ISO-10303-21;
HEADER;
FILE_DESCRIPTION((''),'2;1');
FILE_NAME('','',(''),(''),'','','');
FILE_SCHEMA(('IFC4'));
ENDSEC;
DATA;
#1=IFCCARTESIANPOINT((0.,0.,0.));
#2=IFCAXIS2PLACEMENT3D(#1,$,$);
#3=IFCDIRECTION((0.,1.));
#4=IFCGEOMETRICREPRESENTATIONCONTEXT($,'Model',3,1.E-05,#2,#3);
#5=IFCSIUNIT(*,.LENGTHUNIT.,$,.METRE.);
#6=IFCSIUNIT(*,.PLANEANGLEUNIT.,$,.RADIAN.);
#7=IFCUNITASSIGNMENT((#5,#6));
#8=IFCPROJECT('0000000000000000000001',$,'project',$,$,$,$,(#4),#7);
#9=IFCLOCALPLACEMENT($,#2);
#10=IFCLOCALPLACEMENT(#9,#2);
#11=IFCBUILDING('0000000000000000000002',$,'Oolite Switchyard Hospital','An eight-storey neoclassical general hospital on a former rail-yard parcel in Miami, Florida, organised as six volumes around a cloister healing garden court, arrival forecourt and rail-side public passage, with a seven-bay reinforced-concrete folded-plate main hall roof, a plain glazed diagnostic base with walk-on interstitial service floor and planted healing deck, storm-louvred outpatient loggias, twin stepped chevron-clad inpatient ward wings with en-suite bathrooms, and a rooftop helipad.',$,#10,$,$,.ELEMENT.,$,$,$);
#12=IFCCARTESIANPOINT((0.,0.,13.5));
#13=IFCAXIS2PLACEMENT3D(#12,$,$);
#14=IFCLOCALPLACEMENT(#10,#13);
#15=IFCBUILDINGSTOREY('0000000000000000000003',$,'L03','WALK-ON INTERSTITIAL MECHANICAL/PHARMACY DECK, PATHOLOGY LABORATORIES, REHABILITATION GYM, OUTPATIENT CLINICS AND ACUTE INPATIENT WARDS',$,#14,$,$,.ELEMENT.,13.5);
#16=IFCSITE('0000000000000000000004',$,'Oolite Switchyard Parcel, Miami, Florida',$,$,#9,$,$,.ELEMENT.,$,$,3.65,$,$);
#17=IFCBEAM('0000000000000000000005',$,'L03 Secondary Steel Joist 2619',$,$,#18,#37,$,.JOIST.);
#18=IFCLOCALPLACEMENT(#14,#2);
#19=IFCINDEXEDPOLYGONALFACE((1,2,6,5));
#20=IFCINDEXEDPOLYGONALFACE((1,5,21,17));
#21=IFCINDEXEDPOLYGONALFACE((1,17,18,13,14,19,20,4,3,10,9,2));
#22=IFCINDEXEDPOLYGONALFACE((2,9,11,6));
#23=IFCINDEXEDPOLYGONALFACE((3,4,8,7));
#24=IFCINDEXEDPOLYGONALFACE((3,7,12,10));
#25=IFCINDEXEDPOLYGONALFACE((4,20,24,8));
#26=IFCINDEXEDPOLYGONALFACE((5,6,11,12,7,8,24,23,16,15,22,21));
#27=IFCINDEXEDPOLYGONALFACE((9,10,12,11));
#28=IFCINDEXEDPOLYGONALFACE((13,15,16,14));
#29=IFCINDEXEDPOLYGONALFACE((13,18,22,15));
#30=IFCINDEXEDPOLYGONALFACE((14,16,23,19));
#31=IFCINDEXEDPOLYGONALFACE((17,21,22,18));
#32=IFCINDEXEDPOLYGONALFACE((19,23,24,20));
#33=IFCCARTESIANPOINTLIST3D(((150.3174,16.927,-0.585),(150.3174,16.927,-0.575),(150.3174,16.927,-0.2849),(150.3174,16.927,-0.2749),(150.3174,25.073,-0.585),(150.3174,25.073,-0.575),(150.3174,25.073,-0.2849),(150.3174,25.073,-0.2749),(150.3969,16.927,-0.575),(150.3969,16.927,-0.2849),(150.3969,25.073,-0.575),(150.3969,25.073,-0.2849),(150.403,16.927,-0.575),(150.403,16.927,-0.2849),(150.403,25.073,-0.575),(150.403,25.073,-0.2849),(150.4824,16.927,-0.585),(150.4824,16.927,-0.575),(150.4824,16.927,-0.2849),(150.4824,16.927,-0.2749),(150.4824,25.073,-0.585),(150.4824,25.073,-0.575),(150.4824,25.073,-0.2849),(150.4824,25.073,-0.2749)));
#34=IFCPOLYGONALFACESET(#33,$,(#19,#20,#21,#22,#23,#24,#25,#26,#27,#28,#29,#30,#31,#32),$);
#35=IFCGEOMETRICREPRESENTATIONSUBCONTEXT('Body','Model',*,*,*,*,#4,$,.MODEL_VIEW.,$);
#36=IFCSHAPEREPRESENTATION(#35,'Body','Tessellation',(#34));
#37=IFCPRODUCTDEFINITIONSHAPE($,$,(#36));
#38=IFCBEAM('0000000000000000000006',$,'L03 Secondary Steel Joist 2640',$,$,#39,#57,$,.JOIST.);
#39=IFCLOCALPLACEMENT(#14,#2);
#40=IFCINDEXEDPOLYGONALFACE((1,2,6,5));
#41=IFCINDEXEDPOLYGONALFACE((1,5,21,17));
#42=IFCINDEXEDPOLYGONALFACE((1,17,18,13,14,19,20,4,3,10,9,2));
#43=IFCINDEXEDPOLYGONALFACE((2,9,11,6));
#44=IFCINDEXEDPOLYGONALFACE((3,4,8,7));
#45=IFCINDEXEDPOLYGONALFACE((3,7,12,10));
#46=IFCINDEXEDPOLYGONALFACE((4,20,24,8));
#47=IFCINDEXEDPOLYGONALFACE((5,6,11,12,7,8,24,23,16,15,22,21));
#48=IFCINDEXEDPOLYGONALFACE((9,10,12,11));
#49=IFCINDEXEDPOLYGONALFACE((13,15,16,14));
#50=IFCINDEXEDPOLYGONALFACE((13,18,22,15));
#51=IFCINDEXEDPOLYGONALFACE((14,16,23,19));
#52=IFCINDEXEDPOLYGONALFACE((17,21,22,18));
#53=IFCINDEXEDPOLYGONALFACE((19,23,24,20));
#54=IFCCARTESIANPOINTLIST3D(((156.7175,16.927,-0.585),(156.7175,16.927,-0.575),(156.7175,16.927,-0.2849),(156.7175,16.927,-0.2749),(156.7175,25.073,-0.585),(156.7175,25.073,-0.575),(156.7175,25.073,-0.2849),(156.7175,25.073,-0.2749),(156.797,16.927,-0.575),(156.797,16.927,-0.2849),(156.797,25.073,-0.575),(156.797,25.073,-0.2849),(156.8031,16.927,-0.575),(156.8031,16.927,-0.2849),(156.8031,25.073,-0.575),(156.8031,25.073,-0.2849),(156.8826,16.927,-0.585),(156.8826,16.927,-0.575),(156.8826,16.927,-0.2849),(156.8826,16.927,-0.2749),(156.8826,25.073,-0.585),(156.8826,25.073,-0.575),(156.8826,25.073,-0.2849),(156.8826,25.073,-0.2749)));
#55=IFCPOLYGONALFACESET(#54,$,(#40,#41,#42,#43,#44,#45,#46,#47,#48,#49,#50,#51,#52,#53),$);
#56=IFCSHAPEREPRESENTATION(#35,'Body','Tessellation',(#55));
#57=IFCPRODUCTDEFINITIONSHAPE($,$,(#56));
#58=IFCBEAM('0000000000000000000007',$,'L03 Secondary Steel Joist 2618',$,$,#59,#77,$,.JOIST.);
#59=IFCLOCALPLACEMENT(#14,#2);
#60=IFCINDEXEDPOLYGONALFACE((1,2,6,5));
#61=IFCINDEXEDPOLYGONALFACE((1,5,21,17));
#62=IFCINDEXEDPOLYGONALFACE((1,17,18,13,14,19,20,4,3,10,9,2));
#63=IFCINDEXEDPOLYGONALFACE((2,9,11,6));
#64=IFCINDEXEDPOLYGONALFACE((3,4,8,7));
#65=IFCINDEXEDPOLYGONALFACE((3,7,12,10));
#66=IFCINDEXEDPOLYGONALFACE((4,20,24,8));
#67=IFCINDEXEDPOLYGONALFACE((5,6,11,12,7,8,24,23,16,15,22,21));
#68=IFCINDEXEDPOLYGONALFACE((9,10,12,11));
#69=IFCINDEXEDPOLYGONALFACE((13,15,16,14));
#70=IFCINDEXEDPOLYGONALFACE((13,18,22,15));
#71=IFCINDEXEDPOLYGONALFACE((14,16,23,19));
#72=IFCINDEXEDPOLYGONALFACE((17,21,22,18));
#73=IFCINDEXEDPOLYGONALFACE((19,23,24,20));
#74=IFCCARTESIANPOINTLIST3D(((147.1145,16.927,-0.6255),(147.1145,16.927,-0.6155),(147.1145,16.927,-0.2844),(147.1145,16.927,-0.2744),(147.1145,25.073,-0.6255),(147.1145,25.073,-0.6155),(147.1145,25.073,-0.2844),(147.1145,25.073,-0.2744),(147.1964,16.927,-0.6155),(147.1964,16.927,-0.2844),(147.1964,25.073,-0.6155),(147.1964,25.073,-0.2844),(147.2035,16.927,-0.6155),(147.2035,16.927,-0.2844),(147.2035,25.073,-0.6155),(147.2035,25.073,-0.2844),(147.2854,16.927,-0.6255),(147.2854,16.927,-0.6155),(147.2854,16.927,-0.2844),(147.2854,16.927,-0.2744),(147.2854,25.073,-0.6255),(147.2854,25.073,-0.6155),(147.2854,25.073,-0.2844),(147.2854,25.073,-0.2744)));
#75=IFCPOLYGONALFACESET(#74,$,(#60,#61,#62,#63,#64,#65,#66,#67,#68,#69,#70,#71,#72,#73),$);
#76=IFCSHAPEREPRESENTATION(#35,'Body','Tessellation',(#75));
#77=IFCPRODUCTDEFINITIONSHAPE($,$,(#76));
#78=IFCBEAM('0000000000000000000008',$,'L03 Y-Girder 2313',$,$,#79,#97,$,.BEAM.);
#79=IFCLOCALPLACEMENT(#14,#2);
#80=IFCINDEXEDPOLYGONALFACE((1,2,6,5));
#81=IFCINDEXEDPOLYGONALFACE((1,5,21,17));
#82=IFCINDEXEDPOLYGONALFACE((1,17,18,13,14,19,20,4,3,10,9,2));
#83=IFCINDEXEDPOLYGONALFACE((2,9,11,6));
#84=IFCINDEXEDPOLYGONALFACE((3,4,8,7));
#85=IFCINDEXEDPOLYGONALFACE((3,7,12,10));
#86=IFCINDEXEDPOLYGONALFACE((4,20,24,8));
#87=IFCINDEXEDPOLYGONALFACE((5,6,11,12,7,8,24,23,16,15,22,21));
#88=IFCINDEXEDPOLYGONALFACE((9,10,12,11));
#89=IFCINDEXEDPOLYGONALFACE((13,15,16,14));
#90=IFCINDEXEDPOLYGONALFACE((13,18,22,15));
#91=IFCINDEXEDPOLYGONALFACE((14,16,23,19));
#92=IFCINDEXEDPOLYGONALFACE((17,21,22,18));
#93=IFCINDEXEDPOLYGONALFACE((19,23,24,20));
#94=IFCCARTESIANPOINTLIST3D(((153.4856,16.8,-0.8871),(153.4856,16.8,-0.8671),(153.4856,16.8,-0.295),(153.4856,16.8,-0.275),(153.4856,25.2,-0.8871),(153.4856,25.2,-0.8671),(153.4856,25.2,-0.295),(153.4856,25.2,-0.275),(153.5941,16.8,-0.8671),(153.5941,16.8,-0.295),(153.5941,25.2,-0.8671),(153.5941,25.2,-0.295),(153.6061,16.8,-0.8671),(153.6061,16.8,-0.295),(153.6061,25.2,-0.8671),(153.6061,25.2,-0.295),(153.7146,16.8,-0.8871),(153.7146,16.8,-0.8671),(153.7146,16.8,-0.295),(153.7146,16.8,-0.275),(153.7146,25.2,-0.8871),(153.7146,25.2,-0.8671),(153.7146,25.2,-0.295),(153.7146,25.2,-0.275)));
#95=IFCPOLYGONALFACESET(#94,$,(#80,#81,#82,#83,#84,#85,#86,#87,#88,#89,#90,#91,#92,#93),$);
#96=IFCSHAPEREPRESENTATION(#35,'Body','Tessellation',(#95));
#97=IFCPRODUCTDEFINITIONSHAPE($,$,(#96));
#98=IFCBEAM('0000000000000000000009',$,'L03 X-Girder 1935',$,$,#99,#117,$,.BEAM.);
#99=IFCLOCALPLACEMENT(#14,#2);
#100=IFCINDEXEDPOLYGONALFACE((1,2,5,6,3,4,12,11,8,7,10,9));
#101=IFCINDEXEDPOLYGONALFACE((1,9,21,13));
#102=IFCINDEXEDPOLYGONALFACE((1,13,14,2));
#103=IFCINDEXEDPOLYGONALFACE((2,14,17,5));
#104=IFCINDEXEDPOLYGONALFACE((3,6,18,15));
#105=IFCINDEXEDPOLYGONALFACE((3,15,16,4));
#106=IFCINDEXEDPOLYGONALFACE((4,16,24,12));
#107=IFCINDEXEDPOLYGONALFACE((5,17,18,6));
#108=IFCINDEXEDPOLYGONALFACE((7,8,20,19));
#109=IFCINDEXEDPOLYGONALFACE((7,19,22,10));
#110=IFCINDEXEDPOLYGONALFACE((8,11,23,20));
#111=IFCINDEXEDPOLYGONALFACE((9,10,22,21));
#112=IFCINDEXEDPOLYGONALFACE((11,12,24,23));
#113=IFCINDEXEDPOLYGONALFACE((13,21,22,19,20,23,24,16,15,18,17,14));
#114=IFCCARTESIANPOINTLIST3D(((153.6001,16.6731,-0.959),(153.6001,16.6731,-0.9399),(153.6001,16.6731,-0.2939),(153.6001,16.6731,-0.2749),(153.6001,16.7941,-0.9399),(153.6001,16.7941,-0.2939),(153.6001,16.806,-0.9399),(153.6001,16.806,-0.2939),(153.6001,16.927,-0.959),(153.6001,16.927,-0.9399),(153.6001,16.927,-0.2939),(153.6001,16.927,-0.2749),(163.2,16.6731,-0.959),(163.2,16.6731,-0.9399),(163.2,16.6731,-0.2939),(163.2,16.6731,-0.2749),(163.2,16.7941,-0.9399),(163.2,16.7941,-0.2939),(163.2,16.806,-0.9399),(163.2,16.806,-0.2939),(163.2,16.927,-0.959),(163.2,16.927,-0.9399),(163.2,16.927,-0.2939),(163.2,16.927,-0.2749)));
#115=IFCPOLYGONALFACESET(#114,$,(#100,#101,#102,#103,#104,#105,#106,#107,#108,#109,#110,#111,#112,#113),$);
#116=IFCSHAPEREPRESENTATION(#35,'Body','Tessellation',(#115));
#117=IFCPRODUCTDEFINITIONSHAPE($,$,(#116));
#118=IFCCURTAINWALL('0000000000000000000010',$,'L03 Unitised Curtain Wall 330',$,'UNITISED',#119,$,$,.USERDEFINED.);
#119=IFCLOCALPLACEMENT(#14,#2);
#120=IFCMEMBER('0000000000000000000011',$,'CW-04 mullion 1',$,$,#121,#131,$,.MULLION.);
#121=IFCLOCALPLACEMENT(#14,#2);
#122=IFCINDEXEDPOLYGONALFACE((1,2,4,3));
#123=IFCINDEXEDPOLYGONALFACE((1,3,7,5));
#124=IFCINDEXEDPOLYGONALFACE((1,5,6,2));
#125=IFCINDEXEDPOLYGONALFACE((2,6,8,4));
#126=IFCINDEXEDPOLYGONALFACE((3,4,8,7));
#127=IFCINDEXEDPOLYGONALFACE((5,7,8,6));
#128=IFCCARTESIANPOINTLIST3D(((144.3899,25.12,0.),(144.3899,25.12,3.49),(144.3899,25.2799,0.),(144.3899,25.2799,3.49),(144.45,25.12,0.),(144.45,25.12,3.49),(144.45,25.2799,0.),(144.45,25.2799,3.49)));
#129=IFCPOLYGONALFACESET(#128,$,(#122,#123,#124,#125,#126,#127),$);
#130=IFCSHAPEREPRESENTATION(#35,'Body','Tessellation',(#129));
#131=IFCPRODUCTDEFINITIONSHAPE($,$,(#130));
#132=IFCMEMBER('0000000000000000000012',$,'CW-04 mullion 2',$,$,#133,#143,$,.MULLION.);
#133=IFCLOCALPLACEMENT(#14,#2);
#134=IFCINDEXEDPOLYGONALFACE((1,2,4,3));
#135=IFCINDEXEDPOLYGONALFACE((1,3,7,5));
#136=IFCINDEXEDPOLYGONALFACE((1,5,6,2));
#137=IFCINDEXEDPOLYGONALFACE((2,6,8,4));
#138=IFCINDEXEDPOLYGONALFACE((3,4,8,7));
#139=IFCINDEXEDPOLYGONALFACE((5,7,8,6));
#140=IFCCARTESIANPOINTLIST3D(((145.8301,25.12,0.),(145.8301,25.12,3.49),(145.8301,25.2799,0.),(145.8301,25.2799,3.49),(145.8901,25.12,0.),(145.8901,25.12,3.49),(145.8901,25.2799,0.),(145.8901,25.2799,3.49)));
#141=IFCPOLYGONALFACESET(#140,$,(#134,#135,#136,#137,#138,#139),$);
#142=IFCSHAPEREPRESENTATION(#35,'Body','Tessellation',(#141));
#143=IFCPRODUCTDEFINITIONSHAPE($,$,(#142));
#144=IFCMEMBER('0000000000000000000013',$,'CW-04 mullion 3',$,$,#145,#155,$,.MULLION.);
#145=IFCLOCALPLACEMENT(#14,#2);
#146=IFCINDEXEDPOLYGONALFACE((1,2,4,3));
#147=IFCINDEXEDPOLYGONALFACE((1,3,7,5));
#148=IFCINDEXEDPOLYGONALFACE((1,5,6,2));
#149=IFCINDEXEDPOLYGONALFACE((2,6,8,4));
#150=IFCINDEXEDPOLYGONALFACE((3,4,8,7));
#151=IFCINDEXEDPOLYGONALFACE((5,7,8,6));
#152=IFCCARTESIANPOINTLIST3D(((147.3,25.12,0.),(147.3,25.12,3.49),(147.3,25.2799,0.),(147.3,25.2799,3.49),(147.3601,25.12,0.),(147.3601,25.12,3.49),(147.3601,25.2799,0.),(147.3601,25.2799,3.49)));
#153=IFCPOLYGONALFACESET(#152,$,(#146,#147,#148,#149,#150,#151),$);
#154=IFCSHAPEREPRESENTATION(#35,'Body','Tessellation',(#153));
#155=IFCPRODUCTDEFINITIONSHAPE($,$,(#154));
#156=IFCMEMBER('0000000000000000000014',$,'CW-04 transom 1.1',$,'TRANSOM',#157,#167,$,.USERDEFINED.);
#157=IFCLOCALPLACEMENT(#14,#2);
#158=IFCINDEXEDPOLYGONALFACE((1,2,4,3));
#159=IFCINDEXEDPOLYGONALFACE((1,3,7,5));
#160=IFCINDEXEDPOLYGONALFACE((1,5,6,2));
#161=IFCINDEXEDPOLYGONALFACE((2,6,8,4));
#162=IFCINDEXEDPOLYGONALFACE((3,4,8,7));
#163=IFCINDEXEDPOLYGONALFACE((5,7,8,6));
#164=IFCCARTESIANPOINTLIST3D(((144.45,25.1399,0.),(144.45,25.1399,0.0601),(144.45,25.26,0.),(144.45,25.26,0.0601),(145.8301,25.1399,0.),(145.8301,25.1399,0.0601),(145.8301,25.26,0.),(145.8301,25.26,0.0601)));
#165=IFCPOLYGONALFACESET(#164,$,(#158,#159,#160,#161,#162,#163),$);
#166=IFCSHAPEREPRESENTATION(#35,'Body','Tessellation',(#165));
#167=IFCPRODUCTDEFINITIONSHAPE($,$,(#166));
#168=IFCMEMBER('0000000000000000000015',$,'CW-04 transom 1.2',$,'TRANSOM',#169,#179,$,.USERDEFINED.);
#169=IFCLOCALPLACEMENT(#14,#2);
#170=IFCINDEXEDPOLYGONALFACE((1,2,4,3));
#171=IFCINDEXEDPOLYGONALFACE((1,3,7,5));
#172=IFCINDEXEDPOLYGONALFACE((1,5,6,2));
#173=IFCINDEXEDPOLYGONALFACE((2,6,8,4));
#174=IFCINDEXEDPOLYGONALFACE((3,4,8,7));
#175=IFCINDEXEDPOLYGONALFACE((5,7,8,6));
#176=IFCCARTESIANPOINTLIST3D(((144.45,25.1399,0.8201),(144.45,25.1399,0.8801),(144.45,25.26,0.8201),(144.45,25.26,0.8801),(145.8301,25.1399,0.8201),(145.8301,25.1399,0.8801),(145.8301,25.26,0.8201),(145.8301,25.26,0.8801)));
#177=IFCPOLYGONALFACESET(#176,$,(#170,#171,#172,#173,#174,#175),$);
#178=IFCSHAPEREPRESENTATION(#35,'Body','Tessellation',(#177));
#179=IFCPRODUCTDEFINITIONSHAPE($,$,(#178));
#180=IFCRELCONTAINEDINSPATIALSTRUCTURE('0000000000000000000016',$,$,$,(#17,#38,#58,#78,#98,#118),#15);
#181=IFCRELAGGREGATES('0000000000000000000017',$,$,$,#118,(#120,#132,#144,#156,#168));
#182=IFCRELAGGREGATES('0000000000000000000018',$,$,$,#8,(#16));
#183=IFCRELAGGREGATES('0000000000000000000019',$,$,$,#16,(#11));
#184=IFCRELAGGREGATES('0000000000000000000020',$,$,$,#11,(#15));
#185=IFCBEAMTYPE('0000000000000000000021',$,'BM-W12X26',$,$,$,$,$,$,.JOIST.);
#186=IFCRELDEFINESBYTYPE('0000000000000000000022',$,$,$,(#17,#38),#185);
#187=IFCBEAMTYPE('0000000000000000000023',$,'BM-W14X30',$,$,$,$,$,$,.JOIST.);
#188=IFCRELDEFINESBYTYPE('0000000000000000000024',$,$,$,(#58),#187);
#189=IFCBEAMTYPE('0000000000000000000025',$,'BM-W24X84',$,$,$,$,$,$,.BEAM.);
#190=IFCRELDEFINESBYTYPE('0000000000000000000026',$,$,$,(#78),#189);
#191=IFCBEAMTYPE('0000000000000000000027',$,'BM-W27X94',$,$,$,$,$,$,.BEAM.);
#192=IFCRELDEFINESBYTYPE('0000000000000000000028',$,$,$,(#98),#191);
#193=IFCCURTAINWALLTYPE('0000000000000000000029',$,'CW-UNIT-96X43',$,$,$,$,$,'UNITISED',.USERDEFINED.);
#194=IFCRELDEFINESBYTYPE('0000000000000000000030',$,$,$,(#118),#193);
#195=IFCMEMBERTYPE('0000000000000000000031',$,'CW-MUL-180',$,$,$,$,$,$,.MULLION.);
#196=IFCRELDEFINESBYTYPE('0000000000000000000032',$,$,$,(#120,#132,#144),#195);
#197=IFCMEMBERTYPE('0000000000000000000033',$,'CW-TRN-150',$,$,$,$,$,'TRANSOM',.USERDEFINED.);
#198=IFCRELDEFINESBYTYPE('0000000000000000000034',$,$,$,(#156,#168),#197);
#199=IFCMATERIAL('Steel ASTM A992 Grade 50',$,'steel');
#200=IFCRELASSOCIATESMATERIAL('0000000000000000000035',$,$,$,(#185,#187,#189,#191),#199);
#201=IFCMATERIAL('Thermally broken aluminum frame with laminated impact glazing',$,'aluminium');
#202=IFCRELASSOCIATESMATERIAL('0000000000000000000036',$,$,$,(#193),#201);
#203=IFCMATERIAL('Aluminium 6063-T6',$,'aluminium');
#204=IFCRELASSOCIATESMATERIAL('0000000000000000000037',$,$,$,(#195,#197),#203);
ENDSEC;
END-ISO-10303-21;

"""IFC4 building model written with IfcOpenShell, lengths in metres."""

from ifc_helpers import new_model, si_unit, direction, frame, origin, origin_2d, place, context, subcontext, project, spatial, rectangle, i_section, extrude, material, material_profile, profile_set, type_object, element, aggregate, save


model = new_model("IFC4")

# Units and contexts
model_context = context("Model", 3, precision=1e-05, world=origin(), true_north=direction((0.0, 1.0)))
body_context = subcontext(model_context, "Body", "Model", "MODEL_VIEW")
ifc_project = project(units=[si_unit("LENGTHUNIT", "METRE"), si_unit("PLANEANGLEUNIT", "RADIAN")], contexts=[model_context])

# Site, building, storey
site_placement = place(None, origin())
site = spatial("IfcSite", under=ifc_project, at=site_placement, Name="Oolite Switchyard Parcel, Miami, Florida", CompositionType="ELEMENT", RefElevation=3.65)
building_placement = place(site_placement, origin())
building = spatial("IfcBuilding", under=site, at=building_placement, Name="Oolite Switchyard Hospital", Description="An eight-storey neoclassical general hospital on a former rail-yard parcel in Miami, Florida, organised as six volumes around a cloister healing garden court, arrival forecourt and rail-side public passage, with a seven-bay reinforced-concrete folded-plate main hall roof, a plain glazed diagnostic base with walk-on interstitial service floor and planted healing deck, storm-louvred outpatient loggias, twin stepped chevron-clad inpatient ward wings with en-suite bathrooms, and a rooftop helipad.", CompositionType="ELEMENT")
storey_placement = place(building_placement, frame((0.0, 0.0, 13.5)))
storey = spatial("IfcBuildingStorey", under=building, at=storey_placement, Name="L03", Description="WALK-ON INTERSTITIAL MECHANICAL/PHARMACY DECK, PATHOLOGY LABORATORIES, REHABILITATION GYM, OUTPATIENT CLINICS AND ACUTE INPATIENT WARDS", CompositionType="ELEMENT", Elevation=13.5)

# Beams
ifc_material_1 = material(Name="Steel ASTM A992 Grade 50", Category="steel")
ifc_material_profile_1 = material_profile(ifc_material_1, i_section(OverallWidth=0.165, OverallDepth=0.3101, WebThickness=0.0061, FlangeThickness=0.01, at=origin_2d()), Name="W12X26")
ifc_profile_set_1 = profile_set([ifc_material_profile_1], Name="Steel ASTM A992 Grade 50")
beam_type_1 = type_object("IfcBeamType", Name="BM-W12X26", PredefinedType="JOIST", material=ifc_profile_set_1)
for number, where, z_axis, x_axis, name in (
    (1, (150.3999, 16.927, -0.4299), (0.0, 1.0, 0.0), (-1.0, 0.0, 0.0), "L03 Secondary Steel Joist 2619"),
    (2, (156.8, 16.927, -0.4299), (0.0, 1.0, 0.0), (-1.0, 0.0, 0.0), "L03 Secondary Steel Joist 2640"),
):
    element("IfcBeam", number, at=place(storey_placement, frame(where, z_axis=z_axis, x_axis=x_axis)), inside=storey, type_object=beam_type_1, Name=name, PredefinedType="JOIST", context=body_context, shape_type="SweptSolid", body=[
        extrude(i_section(OverallWidth=0.165, OverallDepth=0.3101, WebThickness=0.0061, FlangeThickness=0.01, at=origin_2d()), origin(), (0.0, 0.0, 1.0), 8.146),
    ])
ifc_material_profile_2 = material_profile(ifc_material_1, i_section(OverallWidth=0.1709, OverallDepth=0.3511, WebThickness=0.0071, FlangeThickness=0.01, at=origin_2d()), Name="W14X30")
ifc_profile_set_2 = profile_set([ifc_material_profile_2], Name="Steel ASTM A992 Grade 50")
beam_type_2 = type_object("IfcBeamType", Name="BM-W14X30", PredefinedType="JOIST", material=ifc_profile_set_2)
beam_1_placement = place(storey_placement, frame((147.2, 16.927, -0.45), z_axis=(0.0, 1.0, 0.0), x_axis=(-1.0, 0.0, 0.0)))
element("IfcBeam", 3, at=beam_1_placement, inside=storey, type_object=beam_type_2, Name="L03 Secondary Steel Joist 2618", PredefinedType="JOIST", context=body_context, shape_type="SweptSolid", body=[
    extrude(i_section(OverallWidth=0.1709, OverallDepth=0.3511, WebThickness=0.0071, FlangeThickness=0.01, at=origin_2d()), origin(), (0.0, 0.0, 1.0), 8.146),
])
ifc_material_profile_3 = material_profile(ifc_material_1, i_section(OverallWidth=0.229, OverallDepth=0.6121, WebThickness=0.012, FlangeThickness=0.02, at=origin_2d()), Name="W24X84")
ifc_profile_set_3 = profile_set([ifc_material_profile_3], Name="Steel ASTM A992 Grade 50")
beam_type_3 = type_object("IfcBeamType", Name="BM-W24X84", PredefinedType="BEAM", material=ifc_profile_set_3)
beam_2_placement = place(storey_placement, frame((153.6001, 16.8, -0.5811), z_axis=(0.0, 1.0, 0.0), x_axis=(-1.0, 0.0, 0.0)))
element("IfcBeam", 4, at=beam_2_placement, inside=storey, type_object=beam_type_3, Name="L03 Y-Girder 2313", PredefinedType="BEAM", context=body_context, shape_type="SweptSolid", body=[
    extrude(i_section(OverallWidth=0.229, OverallDepth=0.6121, WebThickness=0.012, FlangeThickness=0.02, at=origin_2d()), origin(), (0.0, 0.0, 1.0), 8.3999),
])
ifc_material_profile_4 = material_profile(ifc_material_1, i_section(OverallWidth=0.2539, OverallDepth=0.6841, WebThickness=0.012, FlangeThickness=0.019, at=origin_2d()), Name="W27X94")
ifc_profile_set_4 = profile_set([ifc_material_profile_4], Name="Steel ASTM A992 Grade 50")
beam_type_4 = type_object("IfcBeamType", Name="BM-W27X94", PredefinedType="BEAM", material=ifc_profile_set_4)
beam_3_placement = place(storey_placement, frame((153.6001, 16.8, -0.6169), z_axis=(1.0, 0.0, 0.0), x_axis=(0.0, 1.0, 0.0)))
element("IfcBeam", 5, at=beam_3_placement, inside=storey, type_object=beam_type_4, Name="L03 X-Girder 1935", PredefinedType="BEAM", context=body_context, shape_type="SweptSolid", body=[
    extrude(i_section(OverallWidth=0.2539, OverallDepth=0.6841, WebThickness=0.012, FlangeThickness=0.019, at=origin_2d()), origin(), (0.0, 0.0, 1.0), 9.5999),
])

# Curtain wall, members
ifc_material_2 = material(Name="Thermally broken aluminum frame with laminated impact glazing", Category="aluminium")
curtain_wall_type = type_object("IfcCurtainWallType", Name="CW-UNIT-96X43", ElementType="UNITISED", PredefinedType="USERDEFINED", material=ifc_material_2)
curtain_wall_placement = place(storey_placement, origin())
curtain_wall = element("IfcCurtainWall", 6, at=curtain_wall_placement, inside=storey, type_object=curtain_wall_type, Name="L03 Unitised Curtain Wall 330", ObjectType="UNITISED", PredefinedType="USERDEFINED")
ifc_material_3 = material(Name="Aluminium 6063-T6", Category="aluminium")
ifc_material_profile_5 = material_profile(ifc_material_3, rectangle(XDim=0.1599, YDim=0.0601, at=origin_2d()), Name="CWM60X160")
ifc_profile_set_5 = profile_set([ifc_material_profile_5], Name="Aluminium 6063-T6")
member_type_1 = type_object("IfcMemberType", Name="CW-MUL-180", PredefinedType="MULLION", material=ifc_profile_set_5)
member_1_placement = place(storey_placement, frame((144.4199, 25.2, 0.0), z_axis=(0.0, 0.0, 1.0), x_axis=(0.0, 1.0, 0.0)))
member_1 = element("IfcMember", 7, at=member_1_placement, type_object=member_type_1, Name="CW-04 mullion 1", PredefinedType="MULLION", context=body_context, shape_type="SweptSolid", body=[
    extrude(rectangle(XDim=0.1599, YDim=0.0601, at=origin_2d()), origin(), (0.0, 0.0, 1.0), 3.49),
])
member_2_placement = place(storey_placement, frame((145.8601, 25.2, 0.0), z_axis=(0.0, 0.0, 1.0), x_axis=(0.0, 1.0, 0.0)))
member_2 = element("IfcMember", 8, at=member_2_placement, type_object=member_type_1, Name="CW-04 mullion 2", PredefinedType="MULLION", context=body_context, shape_type="SweptSolid", body=[
    extrude(rectangle(XDim=0.1599, YDim=0.0601, at=origin_2d()), origin(), (0.0, 0.0, 1.0), 3.49),
])
member_3_placement = place(storey_placement, frame((147.3301, 25.2, 0.0), z_axis=(0.0, 0.0, 1.0), x_axis=(0.0, 1.0, 0.0)))
member_3 = element("IfcMember", 9, at=member_3_placement, type_object=member_type_1, Name="CW-04 mullion 3", PredefinedType="MULLION", context=body_context, shape_type="SweptSolid", body=[
    extrude(rectangle(XDim=0.1599, YDim=0.0601, at=origin_2d()), origin(), (0.0, 0.0, 1.0), 3.49),
])
ifc_material_profile_6 = material_profile(ifc_material_3, rectangle(XDim=0.1201, YDim=0.0601, at=origin_2d()), Name="CWT60X120")
ifc_profile_set_6 = profile_set([ifc_material_profile_6], Name="Aluminium 6063-T6")
member_type_2 = type_object("IfcMemberType", Name="CW-TRN-150", ElementType="TRANSOM", PredefinedType="USERDEFINED", material=ifc_profile_set_6)
member_4_placement = place(storey_placement, frame((144.45, 25.2, 0.03), z_axis=(1.0, 0.0, 0.0), x_axis=(0.0, 1.0, 0.0)))
member_4 = element("IfcMember", 10, at=member_4_placement, type_object=member_type_2, Name="CW-04 transom 1.1", ObjectType="TRANSOM", PredefinedType="USERDEFINED", context=body_context, shape_type="SweptSolid", body=[
    extrude(rectangle(XDim=0.1201, YDim=0.0601, at=origin_2d()), origin(), (0.0, 0.0, 1.0), 1.3801),
])
member_5_placement = place(storey_placement, frame((144.45, 25.2, 0.8501), z_axis=(1.0, 0.0, 0.0), x_axis=(0.0, 1.0, 0.0)))
member_5 = element("IfcMember", 11, at=member_5_placement, type_object=member_type_2, Name="CW-04 transom 1.2", ObjectType="TRANSOM", PredefinedType="USERDEFINED", context=body_context, shape_type="SweptSolid", body=[
    extrude(rectangle(XDim=0.1201, YDim=0.0601, at=origin_2d()), origin(), (0.0, 0.0, 1.0), 1.3801),
])
aggregate(curtain_wall, [member_1, member_2, member_3, member_4, member_5])

save(model, "model.ifc")
